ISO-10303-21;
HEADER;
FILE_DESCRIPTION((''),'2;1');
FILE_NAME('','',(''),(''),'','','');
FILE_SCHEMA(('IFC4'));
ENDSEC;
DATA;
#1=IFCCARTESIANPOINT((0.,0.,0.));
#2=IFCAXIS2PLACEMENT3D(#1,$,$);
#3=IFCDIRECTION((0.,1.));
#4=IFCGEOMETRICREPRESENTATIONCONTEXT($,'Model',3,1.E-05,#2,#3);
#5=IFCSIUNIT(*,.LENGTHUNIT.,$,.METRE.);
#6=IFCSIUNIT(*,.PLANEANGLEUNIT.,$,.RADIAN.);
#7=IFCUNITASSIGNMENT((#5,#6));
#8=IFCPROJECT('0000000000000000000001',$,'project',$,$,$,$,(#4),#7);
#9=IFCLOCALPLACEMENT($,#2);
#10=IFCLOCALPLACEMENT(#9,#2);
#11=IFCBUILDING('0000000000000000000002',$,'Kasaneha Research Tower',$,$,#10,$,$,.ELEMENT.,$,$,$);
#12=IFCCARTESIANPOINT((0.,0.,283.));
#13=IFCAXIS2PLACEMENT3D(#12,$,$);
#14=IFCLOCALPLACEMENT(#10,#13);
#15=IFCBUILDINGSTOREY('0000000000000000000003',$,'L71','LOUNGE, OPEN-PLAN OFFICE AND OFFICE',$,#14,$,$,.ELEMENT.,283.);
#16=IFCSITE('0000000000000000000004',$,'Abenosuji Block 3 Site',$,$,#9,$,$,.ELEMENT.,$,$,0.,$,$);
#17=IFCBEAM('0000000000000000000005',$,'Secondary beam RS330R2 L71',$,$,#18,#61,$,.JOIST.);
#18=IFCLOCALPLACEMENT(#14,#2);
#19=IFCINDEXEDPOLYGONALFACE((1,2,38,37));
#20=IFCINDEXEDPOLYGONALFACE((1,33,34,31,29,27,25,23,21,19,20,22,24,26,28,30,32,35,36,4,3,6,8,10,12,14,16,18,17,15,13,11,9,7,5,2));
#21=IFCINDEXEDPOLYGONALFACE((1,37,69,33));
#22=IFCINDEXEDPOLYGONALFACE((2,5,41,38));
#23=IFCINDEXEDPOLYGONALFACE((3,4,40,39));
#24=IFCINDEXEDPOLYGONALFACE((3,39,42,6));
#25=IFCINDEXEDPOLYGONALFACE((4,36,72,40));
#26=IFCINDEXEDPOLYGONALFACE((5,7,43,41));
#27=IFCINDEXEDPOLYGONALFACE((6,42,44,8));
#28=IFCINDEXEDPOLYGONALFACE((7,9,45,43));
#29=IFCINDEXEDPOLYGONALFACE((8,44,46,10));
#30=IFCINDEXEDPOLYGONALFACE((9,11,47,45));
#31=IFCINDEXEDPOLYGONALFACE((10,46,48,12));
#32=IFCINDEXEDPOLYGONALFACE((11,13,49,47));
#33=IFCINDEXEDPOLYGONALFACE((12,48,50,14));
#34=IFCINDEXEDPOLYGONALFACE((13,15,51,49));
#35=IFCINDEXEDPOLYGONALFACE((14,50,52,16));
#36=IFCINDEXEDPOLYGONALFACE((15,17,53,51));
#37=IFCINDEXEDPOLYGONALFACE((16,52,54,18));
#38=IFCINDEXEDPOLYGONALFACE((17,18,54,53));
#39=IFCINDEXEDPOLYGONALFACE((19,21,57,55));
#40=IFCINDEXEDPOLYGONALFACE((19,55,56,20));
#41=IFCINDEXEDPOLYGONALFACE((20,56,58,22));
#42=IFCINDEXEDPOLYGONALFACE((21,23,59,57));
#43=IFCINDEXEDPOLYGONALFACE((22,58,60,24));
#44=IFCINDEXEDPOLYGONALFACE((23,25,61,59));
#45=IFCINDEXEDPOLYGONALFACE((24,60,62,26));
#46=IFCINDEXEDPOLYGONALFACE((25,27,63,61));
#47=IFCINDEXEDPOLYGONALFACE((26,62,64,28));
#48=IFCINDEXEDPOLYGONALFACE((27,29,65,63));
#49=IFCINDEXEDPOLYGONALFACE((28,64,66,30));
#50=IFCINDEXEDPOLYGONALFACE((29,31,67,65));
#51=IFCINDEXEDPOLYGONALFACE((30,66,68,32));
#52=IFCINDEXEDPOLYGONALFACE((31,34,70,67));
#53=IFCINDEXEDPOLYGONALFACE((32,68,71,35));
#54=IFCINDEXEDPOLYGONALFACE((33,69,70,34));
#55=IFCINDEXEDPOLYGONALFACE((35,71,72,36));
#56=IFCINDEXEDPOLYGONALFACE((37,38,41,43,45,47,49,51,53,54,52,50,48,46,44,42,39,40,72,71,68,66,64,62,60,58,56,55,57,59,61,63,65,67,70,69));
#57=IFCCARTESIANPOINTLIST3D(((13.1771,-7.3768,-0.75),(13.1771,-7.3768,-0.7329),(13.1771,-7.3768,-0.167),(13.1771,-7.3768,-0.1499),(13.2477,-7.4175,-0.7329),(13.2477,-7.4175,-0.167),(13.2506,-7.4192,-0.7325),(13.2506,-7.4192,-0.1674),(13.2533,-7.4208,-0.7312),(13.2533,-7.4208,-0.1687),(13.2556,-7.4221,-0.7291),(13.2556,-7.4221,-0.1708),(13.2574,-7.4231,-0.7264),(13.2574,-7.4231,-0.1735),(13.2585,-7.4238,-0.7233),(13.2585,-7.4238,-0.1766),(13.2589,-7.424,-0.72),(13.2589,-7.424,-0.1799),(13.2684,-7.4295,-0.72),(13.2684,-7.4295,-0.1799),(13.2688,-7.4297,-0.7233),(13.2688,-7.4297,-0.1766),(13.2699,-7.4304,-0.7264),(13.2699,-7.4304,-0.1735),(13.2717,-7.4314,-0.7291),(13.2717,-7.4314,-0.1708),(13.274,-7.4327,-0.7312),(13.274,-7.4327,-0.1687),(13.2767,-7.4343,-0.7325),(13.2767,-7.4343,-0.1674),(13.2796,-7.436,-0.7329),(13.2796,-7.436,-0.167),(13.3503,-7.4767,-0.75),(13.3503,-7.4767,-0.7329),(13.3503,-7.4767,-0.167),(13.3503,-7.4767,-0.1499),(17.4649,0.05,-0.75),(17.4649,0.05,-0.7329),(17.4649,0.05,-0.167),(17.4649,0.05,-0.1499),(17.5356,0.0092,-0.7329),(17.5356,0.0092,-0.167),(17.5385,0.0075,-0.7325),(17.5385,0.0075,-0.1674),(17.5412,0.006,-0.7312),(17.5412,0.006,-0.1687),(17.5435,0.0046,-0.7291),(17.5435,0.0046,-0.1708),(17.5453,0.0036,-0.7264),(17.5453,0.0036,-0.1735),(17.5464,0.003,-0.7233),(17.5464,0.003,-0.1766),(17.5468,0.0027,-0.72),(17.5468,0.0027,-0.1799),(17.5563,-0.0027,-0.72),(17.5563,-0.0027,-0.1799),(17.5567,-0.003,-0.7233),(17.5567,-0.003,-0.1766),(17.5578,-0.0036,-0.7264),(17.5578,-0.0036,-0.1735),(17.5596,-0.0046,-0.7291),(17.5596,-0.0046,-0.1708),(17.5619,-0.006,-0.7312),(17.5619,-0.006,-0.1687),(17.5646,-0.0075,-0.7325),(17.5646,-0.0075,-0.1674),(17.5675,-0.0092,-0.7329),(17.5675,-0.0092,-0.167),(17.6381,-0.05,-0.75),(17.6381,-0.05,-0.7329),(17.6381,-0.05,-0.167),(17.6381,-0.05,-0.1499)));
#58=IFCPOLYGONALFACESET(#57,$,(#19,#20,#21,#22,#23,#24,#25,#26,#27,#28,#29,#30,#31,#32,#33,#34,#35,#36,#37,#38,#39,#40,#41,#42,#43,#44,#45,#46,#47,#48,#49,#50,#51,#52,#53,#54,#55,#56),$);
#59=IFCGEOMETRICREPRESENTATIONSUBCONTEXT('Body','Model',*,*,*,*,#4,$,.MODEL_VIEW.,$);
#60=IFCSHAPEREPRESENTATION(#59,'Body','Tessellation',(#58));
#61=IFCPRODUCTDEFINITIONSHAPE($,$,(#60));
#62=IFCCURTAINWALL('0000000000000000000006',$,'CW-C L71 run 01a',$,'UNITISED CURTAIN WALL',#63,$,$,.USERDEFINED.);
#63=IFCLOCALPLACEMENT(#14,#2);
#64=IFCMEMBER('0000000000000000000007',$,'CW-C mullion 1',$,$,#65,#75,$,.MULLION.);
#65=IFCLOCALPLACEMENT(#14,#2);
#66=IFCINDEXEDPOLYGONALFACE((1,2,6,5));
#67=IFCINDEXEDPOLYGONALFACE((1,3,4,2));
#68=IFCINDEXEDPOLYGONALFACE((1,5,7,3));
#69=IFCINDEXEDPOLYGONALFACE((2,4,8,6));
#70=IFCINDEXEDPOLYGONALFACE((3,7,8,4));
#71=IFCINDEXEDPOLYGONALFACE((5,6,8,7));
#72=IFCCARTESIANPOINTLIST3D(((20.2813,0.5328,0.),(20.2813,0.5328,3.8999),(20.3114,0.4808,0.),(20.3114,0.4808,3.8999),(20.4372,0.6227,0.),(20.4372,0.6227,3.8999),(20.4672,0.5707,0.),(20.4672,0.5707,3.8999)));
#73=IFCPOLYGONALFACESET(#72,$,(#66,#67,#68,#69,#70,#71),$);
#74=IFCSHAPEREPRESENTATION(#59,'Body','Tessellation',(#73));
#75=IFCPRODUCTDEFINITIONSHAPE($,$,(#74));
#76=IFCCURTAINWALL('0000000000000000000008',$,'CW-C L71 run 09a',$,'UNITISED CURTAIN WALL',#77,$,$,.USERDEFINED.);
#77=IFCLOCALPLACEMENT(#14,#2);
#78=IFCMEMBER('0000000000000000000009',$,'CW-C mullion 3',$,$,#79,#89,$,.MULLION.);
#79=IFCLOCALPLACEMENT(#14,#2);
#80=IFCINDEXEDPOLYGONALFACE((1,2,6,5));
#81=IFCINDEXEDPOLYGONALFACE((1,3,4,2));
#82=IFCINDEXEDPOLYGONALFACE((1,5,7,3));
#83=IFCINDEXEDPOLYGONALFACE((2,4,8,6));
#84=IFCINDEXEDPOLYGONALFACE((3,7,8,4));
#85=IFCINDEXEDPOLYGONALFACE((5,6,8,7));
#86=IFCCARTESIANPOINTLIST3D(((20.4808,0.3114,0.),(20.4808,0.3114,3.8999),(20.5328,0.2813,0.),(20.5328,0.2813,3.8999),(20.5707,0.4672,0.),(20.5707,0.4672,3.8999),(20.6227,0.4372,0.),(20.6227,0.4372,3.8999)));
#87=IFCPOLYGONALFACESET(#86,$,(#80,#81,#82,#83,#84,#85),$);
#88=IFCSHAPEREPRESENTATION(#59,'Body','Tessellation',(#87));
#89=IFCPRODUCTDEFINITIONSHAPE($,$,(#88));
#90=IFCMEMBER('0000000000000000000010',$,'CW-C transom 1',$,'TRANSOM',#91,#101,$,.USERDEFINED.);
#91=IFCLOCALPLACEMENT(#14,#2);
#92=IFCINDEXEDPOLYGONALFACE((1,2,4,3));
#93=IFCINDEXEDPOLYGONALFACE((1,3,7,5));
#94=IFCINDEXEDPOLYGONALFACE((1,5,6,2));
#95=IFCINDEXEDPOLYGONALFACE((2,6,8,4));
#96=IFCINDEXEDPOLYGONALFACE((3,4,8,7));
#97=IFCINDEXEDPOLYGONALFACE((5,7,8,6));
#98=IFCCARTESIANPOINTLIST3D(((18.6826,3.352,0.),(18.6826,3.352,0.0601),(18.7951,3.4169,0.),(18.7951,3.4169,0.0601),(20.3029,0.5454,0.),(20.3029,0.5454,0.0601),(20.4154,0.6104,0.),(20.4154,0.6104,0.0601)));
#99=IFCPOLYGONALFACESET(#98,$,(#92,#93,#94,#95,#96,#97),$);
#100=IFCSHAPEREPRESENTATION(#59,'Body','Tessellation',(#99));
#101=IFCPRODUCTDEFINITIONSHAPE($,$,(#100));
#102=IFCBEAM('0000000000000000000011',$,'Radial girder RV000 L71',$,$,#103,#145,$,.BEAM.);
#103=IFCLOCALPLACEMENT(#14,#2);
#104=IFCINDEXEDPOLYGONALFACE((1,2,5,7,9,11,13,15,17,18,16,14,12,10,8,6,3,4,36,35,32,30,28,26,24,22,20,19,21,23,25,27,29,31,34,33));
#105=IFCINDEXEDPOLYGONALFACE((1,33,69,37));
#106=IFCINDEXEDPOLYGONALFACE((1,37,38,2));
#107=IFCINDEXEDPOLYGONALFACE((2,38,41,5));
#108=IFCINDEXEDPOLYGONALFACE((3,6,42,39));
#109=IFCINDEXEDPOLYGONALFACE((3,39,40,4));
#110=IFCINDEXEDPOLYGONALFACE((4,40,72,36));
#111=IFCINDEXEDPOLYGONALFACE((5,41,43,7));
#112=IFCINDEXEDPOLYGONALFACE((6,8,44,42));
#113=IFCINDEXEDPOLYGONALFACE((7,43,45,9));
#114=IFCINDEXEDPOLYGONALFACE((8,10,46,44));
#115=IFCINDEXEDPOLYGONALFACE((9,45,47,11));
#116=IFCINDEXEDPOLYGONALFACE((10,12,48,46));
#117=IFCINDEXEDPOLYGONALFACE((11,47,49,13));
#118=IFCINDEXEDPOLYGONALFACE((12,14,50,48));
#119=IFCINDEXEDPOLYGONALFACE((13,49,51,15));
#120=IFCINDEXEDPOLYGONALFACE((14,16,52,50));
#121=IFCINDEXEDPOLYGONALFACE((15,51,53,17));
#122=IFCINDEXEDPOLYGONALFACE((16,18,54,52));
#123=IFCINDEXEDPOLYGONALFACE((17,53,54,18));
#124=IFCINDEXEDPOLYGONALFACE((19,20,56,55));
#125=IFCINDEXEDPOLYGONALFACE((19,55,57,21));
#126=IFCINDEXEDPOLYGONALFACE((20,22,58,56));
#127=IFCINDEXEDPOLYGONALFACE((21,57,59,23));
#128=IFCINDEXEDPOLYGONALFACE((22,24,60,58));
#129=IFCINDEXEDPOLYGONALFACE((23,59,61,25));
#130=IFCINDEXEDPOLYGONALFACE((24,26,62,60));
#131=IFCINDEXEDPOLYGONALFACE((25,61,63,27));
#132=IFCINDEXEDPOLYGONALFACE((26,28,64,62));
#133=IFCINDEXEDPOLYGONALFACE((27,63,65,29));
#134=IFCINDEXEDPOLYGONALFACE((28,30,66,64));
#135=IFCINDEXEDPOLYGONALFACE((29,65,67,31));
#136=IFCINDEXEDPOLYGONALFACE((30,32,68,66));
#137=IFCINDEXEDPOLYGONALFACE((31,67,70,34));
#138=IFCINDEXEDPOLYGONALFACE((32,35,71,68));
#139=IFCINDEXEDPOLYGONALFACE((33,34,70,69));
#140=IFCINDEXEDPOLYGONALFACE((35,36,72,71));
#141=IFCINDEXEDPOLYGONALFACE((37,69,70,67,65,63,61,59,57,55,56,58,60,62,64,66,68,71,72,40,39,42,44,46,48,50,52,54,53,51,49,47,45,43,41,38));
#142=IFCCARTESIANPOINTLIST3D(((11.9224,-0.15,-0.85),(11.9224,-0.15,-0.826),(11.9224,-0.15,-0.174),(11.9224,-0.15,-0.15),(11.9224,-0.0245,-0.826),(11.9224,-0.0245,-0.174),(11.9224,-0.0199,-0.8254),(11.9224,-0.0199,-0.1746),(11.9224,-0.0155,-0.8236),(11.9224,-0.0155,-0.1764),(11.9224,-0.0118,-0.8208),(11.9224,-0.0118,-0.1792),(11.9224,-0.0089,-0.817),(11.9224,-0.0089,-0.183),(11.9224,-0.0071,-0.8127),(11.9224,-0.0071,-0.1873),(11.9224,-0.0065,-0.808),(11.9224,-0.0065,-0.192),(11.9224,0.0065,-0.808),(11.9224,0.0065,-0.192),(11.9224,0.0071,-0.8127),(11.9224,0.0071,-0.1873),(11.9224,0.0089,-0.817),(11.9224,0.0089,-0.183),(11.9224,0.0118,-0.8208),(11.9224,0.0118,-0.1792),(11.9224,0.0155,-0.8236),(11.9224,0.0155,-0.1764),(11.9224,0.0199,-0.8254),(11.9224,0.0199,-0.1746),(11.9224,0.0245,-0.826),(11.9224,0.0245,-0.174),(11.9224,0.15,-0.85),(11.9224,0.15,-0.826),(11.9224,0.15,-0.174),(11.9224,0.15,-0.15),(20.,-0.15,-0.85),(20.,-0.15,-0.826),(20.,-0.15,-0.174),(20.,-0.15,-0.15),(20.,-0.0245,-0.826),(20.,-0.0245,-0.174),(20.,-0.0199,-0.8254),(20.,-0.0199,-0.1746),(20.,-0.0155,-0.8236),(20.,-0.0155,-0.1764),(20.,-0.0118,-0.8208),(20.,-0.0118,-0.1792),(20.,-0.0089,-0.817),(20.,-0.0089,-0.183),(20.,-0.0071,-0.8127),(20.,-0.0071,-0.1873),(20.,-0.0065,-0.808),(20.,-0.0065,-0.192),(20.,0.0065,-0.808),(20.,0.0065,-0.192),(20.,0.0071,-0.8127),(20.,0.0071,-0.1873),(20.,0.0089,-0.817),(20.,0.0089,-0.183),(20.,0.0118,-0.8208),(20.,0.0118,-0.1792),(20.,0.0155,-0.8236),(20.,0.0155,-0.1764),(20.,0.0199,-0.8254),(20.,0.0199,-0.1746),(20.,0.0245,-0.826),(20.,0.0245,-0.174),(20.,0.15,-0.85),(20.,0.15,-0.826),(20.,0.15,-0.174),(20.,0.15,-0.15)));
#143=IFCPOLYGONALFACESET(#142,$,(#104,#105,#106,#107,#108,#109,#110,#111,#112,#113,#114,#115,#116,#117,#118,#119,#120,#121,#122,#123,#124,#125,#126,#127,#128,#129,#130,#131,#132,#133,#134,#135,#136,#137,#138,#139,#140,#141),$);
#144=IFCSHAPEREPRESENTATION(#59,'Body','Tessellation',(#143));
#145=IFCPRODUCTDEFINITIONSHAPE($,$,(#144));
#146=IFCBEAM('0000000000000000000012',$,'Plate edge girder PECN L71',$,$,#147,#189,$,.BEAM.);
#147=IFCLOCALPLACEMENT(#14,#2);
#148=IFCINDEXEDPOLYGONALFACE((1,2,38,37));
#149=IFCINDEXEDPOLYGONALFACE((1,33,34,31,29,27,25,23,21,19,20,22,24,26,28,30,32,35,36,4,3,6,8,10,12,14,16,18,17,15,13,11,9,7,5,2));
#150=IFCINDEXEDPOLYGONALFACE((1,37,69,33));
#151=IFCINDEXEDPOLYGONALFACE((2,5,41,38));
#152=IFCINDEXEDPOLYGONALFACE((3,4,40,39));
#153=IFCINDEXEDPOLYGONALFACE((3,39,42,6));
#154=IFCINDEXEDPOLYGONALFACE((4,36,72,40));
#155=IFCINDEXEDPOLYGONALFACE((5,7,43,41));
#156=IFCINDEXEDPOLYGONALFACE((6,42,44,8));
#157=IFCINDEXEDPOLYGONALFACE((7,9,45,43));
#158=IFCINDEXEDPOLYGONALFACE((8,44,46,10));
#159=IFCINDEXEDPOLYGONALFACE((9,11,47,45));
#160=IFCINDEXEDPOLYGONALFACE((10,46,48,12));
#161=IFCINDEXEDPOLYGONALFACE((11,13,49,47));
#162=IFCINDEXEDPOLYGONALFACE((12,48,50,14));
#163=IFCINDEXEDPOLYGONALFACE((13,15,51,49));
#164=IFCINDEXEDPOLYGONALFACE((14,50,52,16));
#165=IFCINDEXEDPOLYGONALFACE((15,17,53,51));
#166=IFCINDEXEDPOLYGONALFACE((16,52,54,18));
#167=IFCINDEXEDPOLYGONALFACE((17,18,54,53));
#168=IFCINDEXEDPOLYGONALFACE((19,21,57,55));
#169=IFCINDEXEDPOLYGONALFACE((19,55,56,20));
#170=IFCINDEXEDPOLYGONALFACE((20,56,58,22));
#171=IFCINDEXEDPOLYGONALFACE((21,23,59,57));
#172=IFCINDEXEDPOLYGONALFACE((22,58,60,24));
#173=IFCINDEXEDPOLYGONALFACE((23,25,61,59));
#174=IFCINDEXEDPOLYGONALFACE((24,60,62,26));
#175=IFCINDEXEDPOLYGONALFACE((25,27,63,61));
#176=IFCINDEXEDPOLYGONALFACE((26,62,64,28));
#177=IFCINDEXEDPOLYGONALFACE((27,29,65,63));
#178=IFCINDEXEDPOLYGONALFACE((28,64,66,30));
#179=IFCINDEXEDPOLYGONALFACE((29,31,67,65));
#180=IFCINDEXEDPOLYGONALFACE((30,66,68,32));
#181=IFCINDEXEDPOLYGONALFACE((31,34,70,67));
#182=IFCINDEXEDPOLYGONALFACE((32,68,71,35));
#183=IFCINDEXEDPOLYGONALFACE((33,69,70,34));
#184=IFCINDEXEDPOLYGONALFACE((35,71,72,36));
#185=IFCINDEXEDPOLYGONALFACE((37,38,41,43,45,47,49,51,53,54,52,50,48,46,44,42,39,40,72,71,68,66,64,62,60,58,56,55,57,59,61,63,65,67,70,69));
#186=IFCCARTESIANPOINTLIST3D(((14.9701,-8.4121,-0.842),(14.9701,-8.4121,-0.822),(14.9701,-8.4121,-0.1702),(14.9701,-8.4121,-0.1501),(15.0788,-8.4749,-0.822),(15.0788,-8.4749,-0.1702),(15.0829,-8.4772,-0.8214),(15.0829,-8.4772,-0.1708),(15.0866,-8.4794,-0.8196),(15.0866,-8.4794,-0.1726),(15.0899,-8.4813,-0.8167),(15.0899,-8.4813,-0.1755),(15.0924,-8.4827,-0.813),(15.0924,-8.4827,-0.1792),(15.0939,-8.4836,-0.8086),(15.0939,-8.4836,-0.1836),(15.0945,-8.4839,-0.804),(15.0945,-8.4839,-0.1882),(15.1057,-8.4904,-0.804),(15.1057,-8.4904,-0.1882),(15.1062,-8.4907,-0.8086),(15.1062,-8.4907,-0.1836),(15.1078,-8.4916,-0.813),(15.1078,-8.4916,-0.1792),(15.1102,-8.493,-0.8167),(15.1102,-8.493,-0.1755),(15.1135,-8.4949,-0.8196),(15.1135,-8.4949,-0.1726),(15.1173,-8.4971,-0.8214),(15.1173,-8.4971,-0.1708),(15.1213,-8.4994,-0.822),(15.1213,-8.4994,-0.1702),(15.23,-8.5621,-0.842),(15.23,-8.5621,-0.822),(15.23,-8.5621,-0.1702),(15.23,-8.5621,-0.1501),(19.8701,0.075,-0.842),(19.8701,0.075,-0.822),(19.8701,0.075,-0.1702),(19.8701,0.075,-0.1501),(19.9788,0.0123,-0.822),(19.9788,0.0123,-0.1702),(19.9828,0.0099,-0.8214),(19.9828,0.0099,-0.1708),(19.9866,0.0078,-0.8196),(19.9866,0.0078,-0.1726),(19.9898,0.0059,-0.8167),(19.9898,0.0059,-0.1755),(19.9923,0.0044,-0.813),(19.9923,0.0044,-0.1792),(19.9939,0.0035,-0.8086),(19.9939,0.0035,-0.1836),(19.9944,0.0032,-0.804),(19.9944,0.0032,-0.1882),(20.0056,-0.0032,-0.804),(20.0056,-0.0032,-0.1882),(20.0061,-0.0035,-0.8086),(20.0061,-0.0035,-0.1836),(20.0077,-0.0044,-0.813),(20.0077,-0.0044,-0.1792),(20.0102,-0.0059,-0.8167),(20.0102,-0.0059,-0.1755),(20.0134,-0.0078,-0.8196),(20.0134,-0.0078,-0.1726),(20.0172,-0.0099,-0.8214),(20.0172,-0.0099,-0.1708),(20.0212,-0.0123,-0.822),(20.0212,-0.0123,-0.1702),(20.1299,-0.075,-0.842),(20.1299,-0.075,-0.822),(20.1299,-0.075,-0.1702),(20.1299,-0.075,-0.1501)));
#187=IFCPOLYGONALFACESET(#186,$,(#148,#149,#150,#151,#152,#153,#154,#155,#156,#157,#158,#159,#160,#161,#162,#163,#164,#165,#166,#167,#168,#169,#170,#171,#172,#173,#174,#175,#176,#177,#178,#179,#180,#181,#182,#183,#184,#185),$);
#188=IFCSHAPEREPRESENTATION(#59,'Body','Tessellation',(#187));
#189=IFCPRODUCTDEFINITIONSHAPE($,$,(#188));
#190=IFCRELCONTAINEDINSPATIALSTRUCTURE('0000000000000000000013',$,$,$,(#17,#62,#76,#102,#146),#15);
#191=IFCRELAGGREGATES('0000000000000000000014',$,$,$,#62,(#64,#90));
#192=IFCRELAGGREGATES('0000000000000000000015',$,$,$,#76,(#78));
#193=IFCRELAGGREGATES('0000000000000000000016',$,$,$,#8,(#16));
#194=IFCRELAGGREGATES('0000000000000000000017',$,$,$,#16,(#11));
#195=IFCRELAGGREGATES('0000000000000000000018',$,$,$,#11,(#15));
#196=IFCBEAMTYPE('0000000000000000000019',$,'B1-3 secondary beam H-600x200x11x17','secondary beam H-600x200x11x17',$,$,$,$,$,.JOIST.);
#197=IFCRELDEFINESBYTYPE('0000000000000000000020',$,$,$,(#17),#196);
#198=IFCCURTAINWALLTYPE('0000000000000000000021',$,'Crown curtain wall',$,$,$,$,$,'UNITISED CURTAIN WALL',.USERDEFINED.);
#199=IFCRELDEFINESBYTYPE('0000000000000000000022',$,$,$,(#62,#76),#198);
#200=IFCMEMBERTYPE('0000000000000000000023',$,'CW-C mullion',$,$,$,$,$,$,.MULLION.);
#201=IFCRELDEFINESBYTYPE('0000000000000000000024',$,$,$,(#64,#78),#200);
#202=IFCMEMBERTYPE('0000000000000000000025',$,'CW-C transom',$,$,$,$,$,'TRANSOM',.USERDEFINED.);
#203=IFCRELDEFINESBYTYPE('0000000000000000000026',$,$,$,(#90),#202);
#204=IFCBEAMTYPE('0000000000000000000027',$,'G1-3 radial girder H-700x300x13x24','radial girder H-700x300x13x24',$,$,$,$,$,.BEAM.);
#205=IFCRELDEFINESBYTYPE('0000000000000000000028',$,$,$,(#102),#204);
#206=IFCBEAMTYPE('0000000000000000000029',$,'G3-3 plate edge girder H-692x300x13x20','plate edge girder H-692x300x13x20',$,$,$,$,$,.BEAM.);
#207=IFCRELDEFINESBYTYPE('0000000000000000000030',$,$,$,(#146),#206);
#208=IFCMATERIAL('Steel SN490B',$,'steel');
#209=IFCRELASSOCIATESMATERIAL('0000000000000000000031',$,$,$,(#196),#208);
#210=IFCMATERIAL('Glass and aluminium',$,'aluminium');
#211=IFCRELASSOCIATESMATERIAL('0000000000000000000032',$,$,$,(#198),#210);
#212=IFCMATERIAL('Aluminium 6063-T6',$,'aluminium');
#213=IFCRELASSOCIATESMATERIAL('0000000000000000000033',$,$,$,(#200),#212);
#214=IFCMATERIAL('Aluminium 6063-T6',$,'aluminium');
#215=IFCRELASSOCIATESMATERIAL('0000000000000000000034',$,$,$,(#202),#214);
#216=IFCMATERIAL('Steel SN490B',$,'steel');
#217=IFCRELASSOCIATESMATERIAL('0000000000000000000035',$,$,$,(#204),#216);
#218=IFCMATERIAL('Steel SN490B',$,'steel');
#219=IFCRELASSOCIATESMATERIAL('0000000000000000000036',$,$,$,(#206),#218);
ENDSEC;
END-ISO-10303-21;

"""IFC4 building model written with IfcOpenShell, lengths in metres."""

from ifc_helpers import new_model, si_unit, direction, frame, origin, origin_2d, place, context, subcontext, project, spatial, rectangle, i_section, extrude, material, material_profile, profile_set, type_object, element, aggregate, save


model = new_model("IFC4")

# Units and contexts
model_context = context("Model", 3, precision=1e-05, world=origin(), true_north=direction((0.0, 1.0)))
body_context = subcontext(model_context, "Body", "Model", "MODEL_VIEW")
ifc_project = project(units=[si_unit("LENGTHUNIT", "METRE"), si_unit("PLANEANGLEUNIT", "RADIAN")], contexts=[model_context])

# Site, building, storey
site_placement = place(None, origin())
site = spatial("IfcSite", under=ifc_project, at=site_placement, Name="Abenosuji Block 3 Site", CompositionType="ELEMENT", RefElevation=0.0)
building_placement = place(site_placement, origin())
building = spatial("IfcBuilding", under=site, at=building_placement, Name="Kasaneha Research Tower", CompositionType="ELEMENT")
storey_placement = place(building_placement, frame((0.0, 0.0, 283.0)))
storey = spatial("IfcBuildingStorey", under=building, at=storey_placement, Name="L71", Description="LOUNGE, OPEN-PLAN OFFICE AND OFFICE", CompositionType="ELEMENT", Elevation=283.0)

# Beam
ifc_material_1 = material(Name="Steel SN490B", Category="steel")
ifc_material_profile_1 = material_profile(ifc_material_1, i_section(OverallWidth=0.2, OverallDepth=0.6001, WebThickness=0.011, FlangeThickness=0.0171, FilletRadius=0.0129, at=origin_2d()), Name="H-600x200x11x17")
ifc_profile_set_1 = profile_set([ifc_material_profile_1], Name="Steel SN490B")
beam_type_1 = type_object("IfcBeamType", Name="B1-3 secondary beam H-600x200x11x17", Description="secondary beam H-600x200x11x17", PredefinedType="JOIST", material=ifc_profile_set_1)
beam_1_placement = place(storey_placement, frame((17.5515, 0.0, -0.45), z_axis=(-0.5, -0.866025, 0.0), x_axis=(0.866025, -0.5, 0.0)))
element("IfcBeam", 1, at=beam_1_placement, inside=storey, type_object=beam_type_1, Name="Secondary beam RS330R2 L71", PredefinedType="JOIST", context=body_context, shape_type="SweptSolid", body=[
    extrude(i_section(OverallWidth=0.2, OverallDepth=0.6001, WebThickness=0.011, FlangeThickness=0.0171, FilletRadius=0.0129, at=origin_2d()), origin(), (0.0, 0.0, 1.0), 8.5757),
])

# Curtain walls, members
ifc_material_2 = material(Name="Glass and aluminium", Category="aluminium")
curtain_wall_type = type_object("IfcCurtainWallType", Name="Crown curtain wall", ElementType="UNITISED CURTAIN WALL", PredefinedType="USERDEFINED", material=ifc_material_2)
curtain_wall_1_placement = place(storey_placement, origin())
curtain_wall_1 = element("IfcCurtainWall", 2, at=curtain_wall_1_placement, inside=storey, type_object=curtain_wall_type, Name="CW-C L71 run 01a", ObjectType="UNITISED CURTAIN WALL", PredefinedType="USERDEFINED")
ifc_material_3 = material(Name="Aluminium 6063-T6", Category="aluminium")
ifc_material_profile_2 = material_profile(ifc_material_3, rectangle(XDim=0.0601, YDim=0.1799, at=origin_2d()), Name="CW-C mullion 60x180")
ifc_profile_set_2 = profile_set([ifc_material_profile_2], Name="Aluminium 6063-T6")
member_type_1 = type_object("IfcMemberType", Name="CW-C mullion", PredefinedType="MULLION", material=ifc_profile_set_2)
member_1_placement = place(storey_placement, frame((20.3743, 0.5518, 0.0), z_axis=(0.0, 0.0, 1.0), x_axis=(-0.5, 0.866025, 0.0)))
member_1 = element("IfcMember", 3, at=member_1_placement, type_object=member_type_1, Name="CW-C mullion 1", PredefinedType="MULLION", context=body_context, shape_type="SweptSolid", body=[
    extrude(rectangle(XDim=0.0601, YDim=0.1799, at=origin_2d()), origin(), (0.0, 0.0, 1.0), 3.8999),
])
curtain_wall_2_placement = place(storey_placement, origin())
curtain_wall_2 = element("IfcCurtainWall", 4, at=curtain_wall_2_placement, inside=storey, type_object=curtain_wall_type, Name="CW-C L71 run 09a", ObjectType="UNITISED CURTAIN WALL", PredefinedType="USERDEFINED")
member_2_placement = place(storey_placement, frame((20.5518, 0.3743, 0.0), z_axis=(0.0, 0.0, 1.0), x_axis=(-0.866025, 0.5, 0.0)))
member_2 = element("IfcMember", 5, at=member_2_placement, type_object=member_type_1, Name="CW-C mullion 3", PredefinedType="MULLION", context=body_context, shape_type="SweptSolid", body=[
    extrude(rectangle(XDim=0.0601, YDim=0.1799, at=origin_2d()), origin(), (0.0, 0.0, 1.0), 3.8999),
])

# Member
ifc_material_4 = material(Name="Aluminium 6063-T6", Category="aluminium")
ifc_material_profile_3 = material_profile(ifc_material_4, rectangle(XDim=0.1299, YDim=0.0601, at=origin_2d()), Name="CW-C transom 130x60")
ifc_profile_set_3 = profile_set([ifc_material_profile_3], Name="Aluminium 6063-T6")
member_type_2 = type_object("IfcMemberType", Name="CW-C transom", ElementType="TRANSOM", PredefinedType="USERDEFINED", material=ifc_profile_set_3)
member_3_placement = place(storey_placement, frame((20.3591, 0.5779, 0.03), z_axis=(-0.499988, 0.866033, 0.0), x_axis=(-0.866033, -0.499988, 0.0)))
member_3 = element("IfcMember", 6, at=member_3_placement, type_object=member_type_2, Name="CW-C transom 1", ObjectType="TRANSOM", PredefinedType="USERDEFINED", context=body_context, shape_type="SweptSolid", body=[
    extrude(rectangle(XDim=0.1299, YDim=0.0601, at=origin_2d()), origin(), (0.0, 0.0, 1.0), 3.2407),
])

# Beams
ifc_material_5 = material(Name="Steel SN490B", Category="steel")
ifc_material_profile_4 = material_profile(ifc_material_5, i_section(OverallWidth=0.3, OverallDepth=0.7, WebThickness=0.0129, FlangeThickness=0.0239, FilletRadius=0.0181, at=origin_2d()), Name="H-700x300x13x24")
ifc_profile_set_4 = profile_set([ifc_material_profile_4], Name="Steel SN490B")
beam_type_2 = type_object("IfcBeamType", Name="G1-3 radial girder H-700x300x13x24", Description="radial girder H-700x300x13x24", PredefinedType="BEAM", material=ifc_profile_set_4)
beam_2_placement = place(storey_placement, frame((11.9224, 0.0, -0.5), z_axis=(1.0, 0.0, 0.0), x_axis=(0.0, 1.0, 0.0)))
element("IfcBeam", 7, at=beam_2_placement, inside=storey, type_object=beam_type_2, Name="Radial girder RV000 L71", PredefinedType="BEAM", context=body_context, shape_type="SweptSolid", body=[
    extrude(i_section(OverallWidth=0.3, OverallDepth=0.7, WebThickness=0.0129, FlangeThickness=0.0239, FilletRadius=0.0181, at=origin_2d()), origin(), (0.0, 0.0, 1.0), 8.0776),
])
ifc_material_6 = material(Name="Steel SN490B", Category="steel")
ifc_material_profile_5 = material_profile(ifc_material_6, i_section(OverallWidth=0.3, OverallDepth=0.6919, WebThickness=0.0129, FlangeThickness=0.02, FilletRadius=0.0181, at=origin_2d()), Name="H-692x300x13x20")
ifc_profile_set_5 = profile_set([ifc_material_profile_5], Name="Steel SN490B")
beam_type_3 = type_object("IfcBeamType", Name="G3-3 plate edge girder H-692x300x13x20", Description="plate edge girder H-692x300x13x20", PredefinedType="BEAM", material=ifc_profile_set_5)
beam_3_placement = place(storey_placement, frame((20.0, 0.0, -0.4961), z_axis=(-0.499992, -0.86603, 0.0), x_axis=(0.86603, -0.499992, 0.0)))
element("IfcBeam", 8, at=beam_3_placement, inside=storey, type_object=beam_type_3, Name="Plate edge girder PECN L71", PredefinedType="BEAM", context=body_context, shape_type="SweptSolid", body=[
    extrude(i_section(OverallWidth=0.3, OverallDepth=0.6919, WebThickness=0.0129, FlangeThickness=0.02, FilletRadius=0.0181, at=origin_2d()), origin(), (0.0, 0.0, 1.0), 9.8),
])

aggregate(curtain_wall_1, [member_1, member_3])
aggregate(curtain_wall_2, [member_2])

save(model, "model.ifc")
